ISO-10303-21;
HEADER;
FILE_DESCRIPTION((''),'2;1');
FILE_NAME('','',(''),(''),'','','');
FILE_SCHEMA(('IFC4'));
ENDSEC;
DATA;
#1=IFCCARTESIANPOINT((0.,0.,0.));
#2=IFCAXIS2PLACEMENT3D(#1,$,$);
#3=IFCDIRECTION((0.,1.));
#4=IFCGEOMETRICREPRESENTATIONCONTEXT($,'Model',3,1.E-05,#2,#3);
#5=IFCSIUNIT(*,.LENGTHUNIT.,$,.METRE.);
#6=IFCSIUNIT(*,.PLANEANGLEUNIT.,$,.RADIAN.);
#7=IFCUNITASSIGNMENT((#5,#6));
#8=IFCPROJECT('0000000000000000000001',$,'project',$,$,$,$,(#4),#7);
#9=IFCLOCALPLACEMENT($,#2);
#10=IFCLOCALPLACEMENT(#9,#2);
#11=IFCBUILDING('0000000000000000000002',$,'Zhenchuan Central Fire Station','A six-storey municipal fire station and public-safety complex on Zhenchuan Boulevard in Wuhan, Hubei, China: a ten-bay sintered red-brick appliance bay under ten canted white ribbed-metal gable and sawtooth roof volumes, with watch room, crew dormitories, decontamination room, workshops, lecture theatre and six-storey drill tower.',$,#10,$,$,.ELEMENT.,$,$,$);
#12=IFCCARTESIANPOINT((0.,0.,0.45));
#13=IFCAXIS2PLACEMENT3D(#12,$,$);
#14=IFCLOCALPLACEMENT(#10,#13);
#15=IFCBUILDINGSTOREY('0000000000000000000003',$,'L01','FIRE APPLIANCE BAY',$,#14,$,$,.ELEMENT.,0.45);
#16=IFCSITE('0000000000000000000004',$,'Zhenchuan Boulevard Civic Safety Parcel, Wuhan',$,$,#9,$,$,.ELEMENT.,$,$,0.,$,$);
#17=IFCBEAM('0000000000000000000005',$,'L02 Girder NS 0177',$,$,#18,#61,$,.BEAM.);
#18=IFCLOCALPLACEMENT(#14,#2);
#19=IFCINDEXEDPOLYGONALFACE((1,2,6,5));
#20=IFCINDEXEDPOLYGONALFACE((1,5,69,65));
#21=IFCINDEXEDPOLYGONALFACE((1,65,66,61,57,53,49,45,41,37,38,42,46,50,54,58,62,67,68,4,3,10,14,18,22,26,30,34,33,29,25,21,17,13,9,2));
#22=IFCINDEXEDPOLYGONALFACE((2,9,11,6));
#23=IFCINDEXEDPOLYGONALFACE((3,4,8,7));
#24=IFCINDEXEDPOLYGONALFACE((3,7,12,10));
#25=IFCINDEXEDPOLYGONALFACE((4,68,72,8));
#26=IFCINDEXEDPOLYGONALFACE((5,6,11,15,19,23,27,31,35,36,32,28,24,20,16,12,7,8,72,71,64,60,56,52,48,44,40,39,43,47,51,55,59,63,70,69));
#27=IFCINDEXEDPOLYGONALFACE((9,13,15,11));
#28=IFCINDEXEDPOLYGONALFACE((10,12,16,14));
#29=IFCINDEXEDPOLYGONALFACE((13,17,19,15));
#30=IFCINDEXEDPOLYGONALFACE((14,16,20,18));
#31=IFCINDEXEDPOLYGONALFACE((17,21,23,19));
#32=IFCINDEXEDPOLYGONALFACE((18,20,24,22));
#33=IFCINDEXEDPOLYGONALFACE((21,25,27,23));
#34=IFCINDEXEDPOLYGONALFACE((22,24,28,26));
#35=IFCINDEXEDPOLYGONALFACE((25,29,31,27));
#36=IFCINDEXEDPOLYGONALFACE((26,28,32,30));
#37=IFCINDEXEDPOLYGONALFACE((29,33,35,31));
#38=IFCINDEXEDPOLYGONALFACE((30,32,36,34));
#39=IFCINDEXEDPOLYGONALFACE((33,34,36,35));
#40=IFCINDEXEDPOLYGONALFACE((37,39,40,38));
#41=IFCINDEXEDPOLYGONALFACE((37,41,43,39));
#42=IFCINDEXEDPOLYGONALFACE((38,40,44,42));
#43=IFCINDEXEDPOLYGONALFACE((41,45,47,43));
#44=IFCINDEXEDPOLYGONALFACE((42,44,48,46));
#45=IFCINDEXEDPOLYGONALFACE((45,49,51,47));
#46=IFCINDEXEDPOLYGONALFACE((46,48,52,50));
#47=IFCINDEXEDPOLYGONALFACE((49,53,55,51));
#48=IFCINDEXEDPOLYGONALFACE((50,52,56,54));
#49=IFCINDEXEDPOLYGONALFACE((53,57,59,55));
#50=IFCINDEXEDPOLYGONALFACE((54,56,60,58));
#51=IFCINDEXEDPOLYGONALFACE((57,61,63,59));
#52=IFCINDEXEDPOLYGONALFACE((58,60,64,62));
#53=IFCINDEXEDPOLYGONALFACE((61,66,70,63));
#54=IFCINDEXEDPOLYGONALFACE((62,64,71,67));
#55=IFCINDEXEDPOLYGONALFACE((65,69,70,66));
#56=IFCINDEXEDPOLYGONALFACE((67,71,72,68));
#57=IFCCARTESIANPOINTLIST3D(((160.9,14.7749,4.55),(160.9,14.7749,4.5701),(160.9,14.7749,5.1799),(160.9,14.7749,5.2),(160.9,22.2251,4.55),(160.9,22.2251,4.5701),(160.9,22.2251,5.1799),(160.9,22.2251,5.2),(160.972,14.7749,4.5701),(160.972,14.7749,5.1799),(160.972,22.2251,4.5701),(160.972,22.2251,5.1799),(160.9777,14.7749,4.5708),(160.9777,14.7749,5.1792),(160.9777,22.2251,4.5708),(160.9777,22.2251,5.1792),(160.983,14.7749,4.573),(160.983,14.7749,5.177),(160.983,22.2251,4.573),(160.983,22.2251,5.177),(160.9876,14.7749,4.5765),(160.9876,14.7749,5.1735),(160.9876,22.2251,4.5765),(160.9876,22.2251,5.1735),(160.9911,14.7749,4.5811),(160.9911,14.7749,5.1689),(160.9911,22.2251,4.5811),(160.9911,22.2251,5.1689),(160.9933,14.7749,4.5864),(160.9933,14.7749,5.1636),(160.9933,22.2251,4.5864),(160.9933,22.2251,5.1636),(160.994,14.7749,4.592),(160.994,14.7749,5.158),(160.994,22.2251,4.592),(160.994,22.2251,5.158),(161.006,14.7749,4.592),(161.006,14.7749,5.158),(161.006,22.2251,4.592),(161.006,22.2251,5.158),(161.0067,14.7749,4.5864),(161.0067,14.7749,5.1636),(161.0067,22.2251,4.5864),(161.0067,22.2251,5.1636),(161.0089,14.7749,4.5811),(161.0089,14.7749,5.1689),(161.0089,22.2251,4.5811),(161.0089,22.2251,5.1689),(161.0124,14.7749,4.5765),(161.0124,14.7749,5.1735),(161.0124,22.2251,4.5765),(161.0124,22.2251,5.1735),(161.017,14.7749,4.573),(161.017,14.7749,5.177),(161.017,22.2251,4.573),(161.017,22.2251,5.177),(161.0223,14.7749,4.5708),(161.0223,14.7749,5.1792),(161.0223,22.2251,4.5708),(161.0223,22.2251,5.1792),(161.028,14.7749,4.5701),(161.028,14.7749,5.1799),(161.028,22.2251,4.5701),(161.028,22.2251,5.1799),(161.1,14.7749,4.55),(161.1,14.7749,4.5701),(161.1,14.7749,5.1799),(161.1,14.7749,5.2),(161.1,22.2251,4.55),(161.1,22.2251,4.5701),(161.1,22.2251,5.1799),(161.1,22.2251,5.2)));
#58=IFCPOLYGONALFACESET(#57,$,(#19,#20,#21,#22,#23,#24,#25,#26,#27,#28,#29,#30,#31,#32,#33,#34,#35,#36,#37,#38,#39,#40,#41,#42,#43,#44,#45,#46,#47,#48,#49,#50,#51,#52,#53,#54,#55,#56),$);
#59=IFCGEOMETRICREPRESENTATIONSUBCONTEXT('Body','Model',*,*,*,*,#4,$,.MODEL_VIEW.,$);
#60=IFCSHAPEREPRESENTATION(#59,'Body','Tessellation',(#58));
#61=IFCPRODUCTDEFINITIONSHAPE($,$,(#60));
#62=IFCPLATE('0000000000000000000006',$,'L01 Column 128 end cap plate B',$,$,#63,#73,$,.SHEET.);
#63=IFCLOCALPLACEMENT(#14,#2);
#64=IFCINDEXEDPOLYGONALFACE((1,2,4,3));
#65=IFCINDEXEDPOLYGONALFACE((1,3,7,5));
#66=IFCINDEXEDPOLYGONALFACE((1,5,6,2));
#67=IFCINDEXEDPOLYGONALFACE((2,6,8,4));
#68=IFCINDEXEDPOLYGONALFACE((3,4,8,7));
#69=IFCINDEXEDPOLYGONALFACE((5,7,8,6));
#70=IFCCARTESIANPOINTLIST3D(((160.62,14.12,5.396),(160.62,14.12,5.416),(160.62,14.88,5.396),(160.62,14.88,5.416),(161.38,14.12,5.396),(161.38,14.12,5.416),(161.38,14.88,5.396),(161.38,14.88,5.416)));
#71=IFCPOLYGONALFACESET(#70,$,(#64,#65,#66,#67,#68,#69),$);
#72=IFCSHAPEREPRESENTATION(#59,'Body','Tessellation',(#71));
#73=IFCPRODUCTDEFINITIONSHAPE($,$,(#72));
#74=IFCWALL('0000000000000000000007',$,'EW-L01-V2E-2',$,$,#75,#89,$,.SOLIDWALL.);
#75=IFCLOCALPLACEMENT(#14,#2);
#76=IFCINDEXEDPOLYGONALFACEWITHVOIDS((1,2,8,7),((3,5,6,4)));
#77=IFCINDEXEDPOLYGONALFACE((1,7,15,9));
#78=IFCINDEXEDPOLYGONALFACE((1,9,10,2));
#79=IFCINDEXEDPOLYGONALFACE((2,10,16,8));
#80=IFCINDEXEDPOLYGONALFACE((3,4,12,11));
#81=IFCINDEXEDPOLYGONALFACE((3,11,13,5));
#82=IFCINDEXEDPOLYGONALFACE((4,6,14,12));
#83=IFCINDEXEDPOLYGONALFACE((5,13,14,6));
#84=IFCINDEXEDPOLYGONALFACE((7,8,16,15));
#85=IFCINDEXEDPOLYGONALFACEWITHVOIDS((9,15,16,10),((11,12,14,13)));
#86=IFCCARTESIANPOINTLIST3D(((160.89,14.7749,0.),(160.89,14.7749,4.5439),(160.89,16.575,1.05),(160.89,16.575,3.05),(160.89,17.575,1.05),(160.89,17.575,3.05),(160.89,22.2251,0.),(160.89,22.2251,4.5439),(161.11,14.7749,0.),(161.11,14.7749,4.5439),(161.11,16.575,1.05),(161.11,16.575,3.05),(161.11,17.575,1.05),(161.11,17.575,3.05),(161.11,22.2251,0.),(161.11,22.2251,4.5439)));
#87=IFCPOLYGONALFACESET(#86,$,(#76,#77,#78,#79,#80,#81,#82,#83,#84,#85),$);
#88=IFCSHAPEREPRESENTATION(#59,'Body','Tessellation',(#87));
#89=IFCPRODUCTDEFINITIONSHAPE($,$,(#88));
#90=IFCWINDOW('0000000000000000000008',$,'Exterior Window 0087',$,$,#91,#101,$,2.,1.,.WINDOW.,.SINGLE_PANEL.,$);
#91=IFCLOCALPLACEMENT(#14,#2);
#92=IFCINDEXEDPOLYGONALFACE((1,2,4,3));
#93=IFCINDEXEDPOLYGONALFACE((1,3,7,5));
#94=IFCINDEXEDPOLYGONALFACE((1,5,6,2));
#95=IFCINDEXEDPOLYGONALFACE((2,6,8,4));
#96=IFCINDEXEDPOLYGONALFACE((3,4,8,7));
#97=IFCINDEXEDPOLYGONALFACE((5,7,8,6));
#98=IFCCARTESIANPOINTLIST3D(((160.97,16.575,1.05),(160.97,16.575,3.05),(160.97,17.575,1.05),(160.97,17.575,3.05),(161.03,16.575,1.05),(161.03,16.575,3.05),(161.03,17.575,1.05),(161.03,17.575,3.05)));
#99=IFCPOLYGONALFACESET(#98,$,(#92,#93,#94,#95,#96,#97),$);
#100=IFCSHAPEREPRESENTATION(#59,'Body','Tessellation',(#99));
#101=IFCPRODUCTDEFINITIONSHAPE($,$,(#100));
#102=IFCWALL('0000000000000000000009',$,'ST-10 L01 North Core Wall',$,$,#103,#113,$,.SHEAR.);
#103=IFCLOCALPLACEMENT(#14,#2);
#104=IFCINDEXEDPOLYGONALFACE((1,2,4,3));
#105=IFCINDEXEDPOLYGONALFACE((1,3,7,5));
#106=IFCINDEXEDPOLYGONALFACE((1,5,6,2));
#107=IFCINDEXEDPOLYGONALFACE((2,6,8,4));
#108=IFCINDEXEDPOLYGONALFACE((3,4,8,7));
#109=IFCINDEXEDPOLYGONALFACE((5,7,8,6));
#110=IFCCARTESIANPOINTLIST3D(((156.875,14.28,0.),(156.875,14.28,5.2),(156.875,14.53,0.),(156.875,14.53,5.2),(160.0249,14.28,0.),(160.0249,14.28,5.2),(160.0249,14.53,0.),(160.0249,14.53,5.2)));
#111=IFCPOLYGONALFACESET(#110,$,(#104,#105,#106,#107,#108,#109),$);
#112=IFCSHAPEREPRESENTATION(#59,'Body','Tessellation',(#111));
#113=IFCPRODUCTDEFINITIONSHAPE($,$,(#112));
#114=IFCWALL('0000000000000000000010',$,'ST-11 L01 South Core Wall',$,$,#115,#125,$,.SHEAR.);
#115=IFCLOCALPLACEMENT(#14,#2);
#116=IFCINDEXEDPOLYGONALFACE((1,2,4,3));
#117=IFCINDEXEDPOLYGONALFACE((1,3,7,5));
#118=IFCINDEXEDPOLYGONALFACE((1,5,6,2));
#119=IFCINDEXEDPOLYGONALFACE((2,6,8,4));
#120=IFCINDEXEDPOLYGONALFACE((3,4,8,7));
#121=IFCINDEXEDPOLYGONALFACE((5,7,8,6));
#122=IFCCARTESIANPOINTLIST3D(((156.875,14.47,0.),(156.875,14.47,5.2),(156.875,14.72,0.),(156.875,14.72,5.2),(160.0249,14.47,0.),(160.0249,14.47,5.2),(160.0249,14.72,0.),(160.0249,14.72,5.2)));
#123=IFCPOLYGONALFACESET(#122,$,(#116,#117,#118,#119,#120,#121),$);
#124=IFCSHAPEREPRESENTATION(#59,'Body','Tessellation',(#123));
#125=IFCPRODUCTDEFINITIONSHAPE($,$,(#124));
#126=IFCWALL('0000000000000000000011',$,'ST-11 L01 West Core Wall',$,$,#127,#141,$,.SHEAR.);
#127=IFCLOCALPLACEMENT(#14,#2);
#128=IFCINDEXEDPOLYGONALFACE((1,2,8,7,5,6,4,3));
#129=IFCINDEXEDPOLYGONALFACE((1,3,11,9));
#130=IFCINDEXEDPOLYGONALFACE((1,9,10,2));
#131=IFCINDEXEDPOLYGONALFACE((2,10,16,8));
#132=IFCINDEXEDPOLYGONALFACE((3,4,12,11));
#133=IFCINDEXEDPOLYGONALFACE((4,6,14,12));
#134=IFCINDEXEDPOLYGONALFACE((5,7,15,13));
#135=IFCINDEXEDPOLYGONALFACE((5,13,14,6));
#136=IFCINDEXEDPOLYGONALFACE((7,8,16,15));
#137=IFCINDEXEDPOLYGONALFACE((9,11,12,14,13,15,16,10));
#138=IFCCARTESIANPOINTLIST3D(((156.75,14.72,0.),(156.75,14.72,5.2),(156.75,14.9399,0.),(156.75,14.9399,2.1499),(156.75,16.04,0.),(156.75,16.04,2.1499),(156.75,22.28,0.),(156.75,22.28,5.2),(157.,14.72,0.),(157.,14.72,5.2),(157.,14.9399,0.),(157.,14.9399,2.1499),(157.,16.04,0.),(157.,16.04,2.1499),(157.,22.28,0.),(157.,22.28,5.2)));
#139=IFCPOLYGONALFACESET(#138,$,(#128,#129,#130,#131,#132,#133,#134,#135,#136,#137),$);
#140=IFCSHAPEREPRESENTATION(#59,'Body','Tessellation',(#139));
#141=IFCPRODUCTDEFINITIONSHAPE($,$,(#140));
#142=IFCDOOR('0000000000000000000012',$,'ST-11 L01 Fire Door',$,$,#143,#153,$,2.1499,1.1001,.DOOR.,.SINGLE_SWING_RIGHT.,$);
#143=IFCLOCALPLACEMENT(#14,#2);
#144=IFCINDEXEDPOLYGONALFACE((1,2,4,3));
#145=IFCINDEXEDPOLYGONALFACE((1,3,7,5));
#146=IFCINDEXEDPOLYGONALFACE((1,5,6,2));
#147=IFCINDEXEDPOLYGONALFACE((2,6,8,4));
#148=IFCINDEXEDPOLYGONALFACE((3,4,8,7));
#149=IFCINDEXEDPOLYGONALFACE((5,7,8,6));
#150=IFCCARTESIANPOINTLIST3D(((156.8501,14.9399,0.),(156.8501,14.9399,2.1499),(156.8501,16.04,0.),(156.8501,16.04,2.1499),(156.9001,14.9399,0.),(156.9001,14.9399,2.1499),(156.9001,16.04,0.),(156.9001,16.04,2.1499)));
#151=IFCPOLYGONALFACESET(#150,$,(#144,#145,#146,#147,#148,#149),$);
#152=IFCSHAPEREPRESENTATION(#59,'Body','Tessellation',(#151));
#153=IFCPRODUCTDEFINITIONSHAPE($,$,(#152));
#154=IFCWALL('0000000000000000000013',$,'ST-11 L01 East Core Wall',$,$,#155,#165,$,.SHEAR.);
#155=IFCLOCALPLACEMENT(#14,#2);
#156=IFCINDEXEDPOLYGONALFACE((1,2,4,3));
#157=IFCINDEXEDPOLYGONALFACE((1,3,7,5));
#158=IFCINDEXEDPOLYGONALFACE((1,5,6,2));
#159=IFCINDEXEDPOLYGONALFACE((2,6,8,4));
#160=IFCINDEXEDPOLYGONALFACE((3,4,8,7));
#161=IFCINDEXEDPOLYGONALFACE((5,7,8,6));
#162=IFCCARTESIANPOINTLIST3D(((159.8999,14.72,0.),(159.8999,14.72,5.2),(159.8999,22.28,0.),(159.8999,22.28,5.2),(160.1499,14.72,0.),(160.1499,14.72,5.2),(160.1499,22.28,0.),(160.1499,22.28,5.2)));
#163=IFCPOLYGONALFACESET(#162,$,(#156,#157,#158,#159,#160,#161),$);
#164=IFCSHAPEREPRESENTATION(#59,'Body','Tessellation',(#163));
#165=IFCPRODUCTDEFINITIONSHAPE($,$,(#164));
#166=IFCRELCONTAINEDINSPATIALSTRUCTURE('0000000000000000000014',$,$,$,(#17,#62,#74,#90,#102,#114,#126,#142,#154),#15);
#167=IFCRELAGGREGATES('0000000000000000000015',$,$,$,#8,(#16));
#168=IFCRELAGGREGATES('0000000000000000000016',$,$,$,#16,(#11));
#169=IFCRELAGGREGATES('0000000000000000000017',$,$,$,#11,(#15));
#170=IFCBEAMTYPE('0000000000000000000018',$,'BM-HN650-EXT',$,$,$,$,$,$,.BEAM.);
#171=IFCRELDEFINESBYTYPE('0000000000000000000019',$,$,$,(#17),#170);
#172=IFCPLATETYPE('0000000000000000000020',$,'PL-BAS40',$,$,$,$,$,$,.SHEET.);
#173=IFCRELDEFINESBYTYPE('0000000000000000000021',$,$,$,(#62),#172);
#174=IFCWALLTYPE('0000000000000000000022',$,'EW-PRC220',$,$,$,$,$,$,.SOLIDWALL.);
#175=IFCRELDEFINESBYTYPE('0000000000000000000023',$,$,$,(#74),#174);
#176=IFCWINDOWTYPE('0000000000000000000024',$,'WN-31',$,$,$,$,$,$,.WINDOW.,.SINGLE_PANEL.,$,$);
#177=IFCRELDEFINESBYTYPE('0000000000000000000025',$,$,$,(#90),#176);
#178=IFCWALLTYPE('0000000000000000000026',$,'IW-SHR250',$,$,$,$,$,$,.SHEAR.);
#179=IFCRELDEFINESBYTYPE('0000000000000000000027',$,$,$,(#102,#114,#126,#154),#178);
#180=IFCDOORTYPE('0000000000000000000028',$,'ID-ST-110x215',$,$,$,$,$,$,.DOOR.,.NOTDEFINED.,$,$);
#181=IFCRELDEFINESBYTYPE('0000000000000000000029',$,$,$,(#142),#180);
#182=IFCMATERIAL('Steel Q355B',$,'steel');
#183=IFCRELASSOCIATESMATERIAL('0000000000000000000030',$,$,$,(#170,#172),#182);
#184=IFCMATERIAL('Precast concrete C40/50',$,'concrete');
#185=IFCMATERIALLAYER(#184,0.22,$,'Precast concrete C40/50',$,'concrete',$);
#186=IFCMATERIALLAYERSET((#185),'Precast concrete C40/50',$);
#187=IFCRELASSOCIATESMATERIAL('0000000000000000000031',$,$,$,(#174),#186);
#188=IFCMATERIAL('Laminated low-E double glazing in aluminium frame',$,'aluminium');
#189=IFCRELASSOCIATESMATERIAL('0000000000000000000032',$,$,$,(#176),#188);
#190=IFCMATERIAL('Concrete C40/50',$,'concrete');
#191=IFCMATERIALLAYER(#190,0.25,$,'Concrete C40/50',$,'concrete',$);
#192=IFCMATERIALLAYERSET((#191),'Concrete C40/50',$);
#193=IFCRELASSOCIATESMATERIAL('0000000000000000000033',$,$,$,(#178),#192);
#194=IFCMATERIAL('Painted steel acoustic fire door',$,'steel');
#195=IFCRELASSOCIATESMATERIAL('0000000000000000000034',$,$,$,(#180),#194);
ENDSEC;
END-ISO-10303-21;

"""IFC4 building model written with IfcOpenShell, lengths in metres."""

from ifc_helpers import new_model, si_unit, direction, frame, frame_2d, origin, origin_2d, place, context, subcontext, project, spatial, rectangle, i_section, extrude, material, layer, layer_set, material_profile, profile_set, type_object, element, fill, save


model = new_model("IFC4")

# Units and contexts
model_context = context("Model", 3, precision=1e-05, world=origin(), true_north=direction((0.0, 1.0)))
body_context = subcontext(model_context, "Body", "Model", "MODEL_VIEW")
ifc_project = project(units=[si_unit("LENGTHUNIT", "METRE"), si_unit("PLANEANGLEUNIT", "RADIAN")], contexts=[model_context])

# Site, building, storey
site_placement = place(None, origin())
site = spatial("IfcSite", under=ifc_project, at=site_placement, Name="Zhenchuan Boulevard Civic Safety Parcel, Wuhan", CompositionType="ELEMENT", RefElevation=0.0)
building_placement = place(site_placement, origin())
building = spatial("IfcBuilding", under=site, at=building_placement, Name="Zhenchuan Central Fire Station", Description="A six-storey municipal fire station and public-safety complex on Zhenchuan Boulevard in Wuhan, Hubei, China: a ten-bay sintered red-brick appliance bay under ten canted white ribbed-metal gable and sawtooth roof volumes, with watch room, crew dormitories, decontamination room, workshops, lecture theatre and six-storey drill tower.", CompositionType="ELEMENT")
storey_placement = place(building_placement, frame((0.0, 0.0, 0.45)))
storey = spatial("IfcBuildingStorey", under=building, at=storey_placement, Name="L01", Description="FIRE APPLIANCE BAY", CompositionType="ELEMENT", Elevation=0.45)

# Shared definitions
ifc_material_1 = material(Name="Concrete C40/50", Category="concrete")

# Shared definitions
ifc_material_2 = material(Name="Steel Q355B", Category="steel")

# Beam
ifc_material_profile_1 = material_profile(ifc_material_2, i_section(OverallWidth=0.2, OverallDepth=0.6499, WebThickness=0.012, FlangeThickness=0.02, FilletRadius=0.022, at=origin_2d()), Name="HN 650x200")
ifc_profile_set_1 = profile_set([ifc_material_profile_1], Name="Steel Q355B")
beam_type = type_object("IfcBeamType", Name="BM-HN650-EXT", PredefinedType="BEAM", material=ifc_profile_set_1)
beam_placement = place(storey_placement, frame((161.0, 14.7749, 4.875), z_axis=(0.0, 1.0, 0.0), x_axis=(-1.0, 0.0, 0.0)))
element("IfcBeam", 1, at=beam_placement, inside=storey, type_object=beam_type, Name="L02 Girder NS 0177", PredefinedType="BEAM", context=body_context, shape_type="SweptSolid", body=[
    extrude(i_section(OverallWidth=0.2, OverallDepth=0.6499, WebThickness=0.012, FlangeThickness=0.02, FilletRadius=0.022, at=origin_2d()), origin(), (0.0, 0.0, 1.0), 7.4502),
])

# Plate
ifc_material_profile_2 = material_profile(ifc_material_2, rectangle(XDim=0.76, YDim=0.76, at=origin_2d()), Name="PL 760x760x40")
ifc_profile_set_2 = profile_set([ifc_material_profile_2], Name="Steel Q355B")
plate_type = type_object("IfcPlateType", Name="PL-BAS40", PredefinedType="SHEET", material=ifc_profile_set_2)
plate_placement = place(storey_placement, frame((161.0, 14.5, 5.396), z_axis=(0.0, 0.0, 1.0), x_axis=(1.0, 0.0, 0.0)))
element("IfcPlate", 2, at=plate_placement, inside=storey, type_object=plate_type, Name="L01 Column 128 end cap plate B", PredefinedType="SHEET", context=body_context, shape_type="SweptSolid", body=[
    extrude(rectangle(XDim=0.76, YDim=0.76, at=origin_2d()), origin(), (0.0, 0.0, 1.0), 0.02),
])

# Wall, opening, window
ifc_material_3 = material(Name="Precast concrete C40/50", Category="concrete")
ifc_layer_1 = layer(ifc_material_3, 0.22, Name="Precast concrete C40/50", Category="concrete")
ifc_layer_set_1 = layer_set([ifc_layer_1], Name="Precast concrete C40/50")
wall_type_1 = type_object("IfcWallType", Name="EW-PRC220", PredefinedType="SOLIDWALL", material=ifc_layer_set_1)
wall_1_placement = place(storey_placement, frame((161.0, 14.7749, 0.0), z_axis=(0.0, 0.0, 1.0), x_axis=(0.0, 1.0, 0.0)))
wall_1 = element("IfcWall", 3, at=wall_1_placement, inside=storey, type_object=wall_type_1, Name="EW-L01-V2E-2", PredefinedType="SOLIDWALL", context=body_context, shape_type="SweptSolid", body=[
    extrude(rectangle(XDim=7.4502, YDim=0.22, at=frame_2d((3.7251, 0.0))), origin(), (0.0, 0.0, 1.0), 4.5439),
])
opening_1_placement = place(wall_1_placement, frame((1.8, 0.0, 1.05)))
opening_1 = element("IfcOpeningElement", 4, at=opening_1_placement, cuts=wall_1, PredefinedType="OPENING", context=body_context, shape_type="SweptSolid", body=[
    extrude(rectangle(XDim=1.0, YDim=2.0, at=frame_2d((0.5, 1.0))), frame((0.0, 0.1199, 0.0), z_axis=(0.0, -1.0, 0.0), x_axis=(1.0, 0.0, 0.0)), (0.0, 0.0, 1.0), 0.24),
])
ifc_material_4 = material(Name="Laminated low-E double glazing in aluminium frame", Category="aluminium")
window_type = type_object("IfcWindowType", Name="WN-31", PartitioningType="SINGLE_PANEL", PredefinedType="WINDOW", material=ifc_material_4)
window_placement = place(opening_1_placement, origin())
window = element("IfcWindow", 5, at=window_placement, inside=storey, type_object=window_type, Name="Exterior Window 0087", OverallHeight=2.0, OverallWidth=1.0, PartitioningType="SINGLE_PANEL", PredefinedType="WINDOW", context=body_context, shape_type="SweptSolid", body=[
    extrude(rectangle(XDim=1.0, YDim=2.0, at=frame_2d((0.5, 1.0))), frame((0.0, 0.03, 0.0), z_axis=(0.0, -1.0, 0.0), x_axis=(1.0, 0.0, 0.0)), (0.0, 0.0, 1.0), 0.0601),
])
fill(opening_1, window)

# Walls
ifc_layer_2 = layer(ifc_material_1, 0.25, Name="Concrete C40/50", Category="concrete")
ifc_layer_set_2 = layer_set([ifc_layer_2], Name="Concrete C40/50")
wall_type_2 = type_object("IfcWallType", Name="IW-SHR250", PredefinedType="SHEAR", material=ifc_layer_set_2)
for number, where, z_axis, x_axis, name in (
    (6, (156.875, 14.405, 0.0), (0.0, 0.0, 1.0), (1.0, 0.0, 0.0), "ST-10 L01 North Core Wall"),
    (7, (156.875, 14.595, 0.0), (0.0, 0.0, 1.0), (1.0, 0.0, 0.0), "ST-11 L01 South Core Wall"),
):
    element("IfcWall", number, at=place(storey_placement, frame(where, z_axis=z_axis, x_axis=x_axis)), inside=storey, type_object=wall_type_2, Name=name, PredefinedType="SHEAR", context=body_context, shape_type="SweptSolid", body=[
        extrude(rectangle(XDim=3.1499, YDim=0.25, at=frame_2d((1.575, 0.0))), origin(), (0.0, 0.0, 1.0), 5.2),
    ])

# Wall, opening, door
wall_2_placement = place(storey_placement, frame((156.875, 14.72, 0.0), z_axis=(0.0, 0.0, 1.0), x_axis=(0.0, 1.0, 0.0)))
wall_2 = element("IfcWall", 8, at=wall_2_placement, inside=storey, type_object=wall_type_2, Name="ST-11 L01 West Core Wall", PredefinedType="SHEAR", context=body_context, shape_type="SweptSolid", body=[
    extrude(rectangle(XDim=7.5601, YDim=0.25, at=frame_2d((3.78, 0.0))), origin(), (0.0, 0.0, 1.0), 5.2),
])
opening_2_placement = place(wall_2_placement, frame((0.22, 0.0, 0.0)))
opening_2 = element("IfcOpeningElement", 9, at=opening_2_placement, cuts=wall_2, PredefinedType="OPENING", context=body_context, shape_type="SweptSolid", body=[
    extrude(rectangle(XDim=1.1001, YDim=2.1499, at=frame_2d((0.55, 1.075))), frame((0.0, 0.135, 0.0), z_axis=(0.0, -1.0, 0.0), x_axis=(1.0, 0.0, 0.0)), (0.0, 0.0, 1.0), 0.27),
])
ifc_material_5 = material(Name="Painted steel acoustic fire door", Category="steel")
door_type = type_object("IfcDoorType", Name="ID-ST-110x215", OperationType="NOTDEFINED", PredefinedType="DOOR", material=ifc_material_5)
door_placement = place(opening_2_placement, origin())
door = element("IfcDoor", 10, at=door_placement, inside=storey, type_object=door_type, Name="ST-11 L01 Fire Door", OperationType="SINGLE_SWING_RIGHT", OverallHeight=2.1499, OverallWidth=1.1001, PredefinedType="DOOR", context=body_context, shape_type="SweptSolid", body=[
    extrude(rectangle(XDim=1.1001, YDim=2.1499, at=frame_2d((0.55, 1.075))), frame((0.0, 0.0249, 0.0), z_axis=(0.0, -1.0, 0.0), x_axis=(1.0, 0.0, 0.0)), (0.0, 0.0, 1.0), 0.05),
])
fill(opening_2, door)

# Wall
wall_3_placement = place(storey_placement, frame((160.0249, 14.72, 0.0), z_axis=(0.0, 0.0, 1.0), x_axis=(0.0, 1.0, 0.0)))
element("IfcWall", 11, at=wall_3_placement, inside=storey, type_object=wall_type_2, Name="ST-11 L01 East Core Wall", PredefinedType="SHEAR", context=body_context, shape_type="SweptSolid", body=[
    extrude(rectangle(XDim=7.5601, YDim=0.25, at=frame_2d((3.78, 0.0))), origin(), (0.0, 0.0, 1.0), 5.2),
])

save(model, "model.ifc")
